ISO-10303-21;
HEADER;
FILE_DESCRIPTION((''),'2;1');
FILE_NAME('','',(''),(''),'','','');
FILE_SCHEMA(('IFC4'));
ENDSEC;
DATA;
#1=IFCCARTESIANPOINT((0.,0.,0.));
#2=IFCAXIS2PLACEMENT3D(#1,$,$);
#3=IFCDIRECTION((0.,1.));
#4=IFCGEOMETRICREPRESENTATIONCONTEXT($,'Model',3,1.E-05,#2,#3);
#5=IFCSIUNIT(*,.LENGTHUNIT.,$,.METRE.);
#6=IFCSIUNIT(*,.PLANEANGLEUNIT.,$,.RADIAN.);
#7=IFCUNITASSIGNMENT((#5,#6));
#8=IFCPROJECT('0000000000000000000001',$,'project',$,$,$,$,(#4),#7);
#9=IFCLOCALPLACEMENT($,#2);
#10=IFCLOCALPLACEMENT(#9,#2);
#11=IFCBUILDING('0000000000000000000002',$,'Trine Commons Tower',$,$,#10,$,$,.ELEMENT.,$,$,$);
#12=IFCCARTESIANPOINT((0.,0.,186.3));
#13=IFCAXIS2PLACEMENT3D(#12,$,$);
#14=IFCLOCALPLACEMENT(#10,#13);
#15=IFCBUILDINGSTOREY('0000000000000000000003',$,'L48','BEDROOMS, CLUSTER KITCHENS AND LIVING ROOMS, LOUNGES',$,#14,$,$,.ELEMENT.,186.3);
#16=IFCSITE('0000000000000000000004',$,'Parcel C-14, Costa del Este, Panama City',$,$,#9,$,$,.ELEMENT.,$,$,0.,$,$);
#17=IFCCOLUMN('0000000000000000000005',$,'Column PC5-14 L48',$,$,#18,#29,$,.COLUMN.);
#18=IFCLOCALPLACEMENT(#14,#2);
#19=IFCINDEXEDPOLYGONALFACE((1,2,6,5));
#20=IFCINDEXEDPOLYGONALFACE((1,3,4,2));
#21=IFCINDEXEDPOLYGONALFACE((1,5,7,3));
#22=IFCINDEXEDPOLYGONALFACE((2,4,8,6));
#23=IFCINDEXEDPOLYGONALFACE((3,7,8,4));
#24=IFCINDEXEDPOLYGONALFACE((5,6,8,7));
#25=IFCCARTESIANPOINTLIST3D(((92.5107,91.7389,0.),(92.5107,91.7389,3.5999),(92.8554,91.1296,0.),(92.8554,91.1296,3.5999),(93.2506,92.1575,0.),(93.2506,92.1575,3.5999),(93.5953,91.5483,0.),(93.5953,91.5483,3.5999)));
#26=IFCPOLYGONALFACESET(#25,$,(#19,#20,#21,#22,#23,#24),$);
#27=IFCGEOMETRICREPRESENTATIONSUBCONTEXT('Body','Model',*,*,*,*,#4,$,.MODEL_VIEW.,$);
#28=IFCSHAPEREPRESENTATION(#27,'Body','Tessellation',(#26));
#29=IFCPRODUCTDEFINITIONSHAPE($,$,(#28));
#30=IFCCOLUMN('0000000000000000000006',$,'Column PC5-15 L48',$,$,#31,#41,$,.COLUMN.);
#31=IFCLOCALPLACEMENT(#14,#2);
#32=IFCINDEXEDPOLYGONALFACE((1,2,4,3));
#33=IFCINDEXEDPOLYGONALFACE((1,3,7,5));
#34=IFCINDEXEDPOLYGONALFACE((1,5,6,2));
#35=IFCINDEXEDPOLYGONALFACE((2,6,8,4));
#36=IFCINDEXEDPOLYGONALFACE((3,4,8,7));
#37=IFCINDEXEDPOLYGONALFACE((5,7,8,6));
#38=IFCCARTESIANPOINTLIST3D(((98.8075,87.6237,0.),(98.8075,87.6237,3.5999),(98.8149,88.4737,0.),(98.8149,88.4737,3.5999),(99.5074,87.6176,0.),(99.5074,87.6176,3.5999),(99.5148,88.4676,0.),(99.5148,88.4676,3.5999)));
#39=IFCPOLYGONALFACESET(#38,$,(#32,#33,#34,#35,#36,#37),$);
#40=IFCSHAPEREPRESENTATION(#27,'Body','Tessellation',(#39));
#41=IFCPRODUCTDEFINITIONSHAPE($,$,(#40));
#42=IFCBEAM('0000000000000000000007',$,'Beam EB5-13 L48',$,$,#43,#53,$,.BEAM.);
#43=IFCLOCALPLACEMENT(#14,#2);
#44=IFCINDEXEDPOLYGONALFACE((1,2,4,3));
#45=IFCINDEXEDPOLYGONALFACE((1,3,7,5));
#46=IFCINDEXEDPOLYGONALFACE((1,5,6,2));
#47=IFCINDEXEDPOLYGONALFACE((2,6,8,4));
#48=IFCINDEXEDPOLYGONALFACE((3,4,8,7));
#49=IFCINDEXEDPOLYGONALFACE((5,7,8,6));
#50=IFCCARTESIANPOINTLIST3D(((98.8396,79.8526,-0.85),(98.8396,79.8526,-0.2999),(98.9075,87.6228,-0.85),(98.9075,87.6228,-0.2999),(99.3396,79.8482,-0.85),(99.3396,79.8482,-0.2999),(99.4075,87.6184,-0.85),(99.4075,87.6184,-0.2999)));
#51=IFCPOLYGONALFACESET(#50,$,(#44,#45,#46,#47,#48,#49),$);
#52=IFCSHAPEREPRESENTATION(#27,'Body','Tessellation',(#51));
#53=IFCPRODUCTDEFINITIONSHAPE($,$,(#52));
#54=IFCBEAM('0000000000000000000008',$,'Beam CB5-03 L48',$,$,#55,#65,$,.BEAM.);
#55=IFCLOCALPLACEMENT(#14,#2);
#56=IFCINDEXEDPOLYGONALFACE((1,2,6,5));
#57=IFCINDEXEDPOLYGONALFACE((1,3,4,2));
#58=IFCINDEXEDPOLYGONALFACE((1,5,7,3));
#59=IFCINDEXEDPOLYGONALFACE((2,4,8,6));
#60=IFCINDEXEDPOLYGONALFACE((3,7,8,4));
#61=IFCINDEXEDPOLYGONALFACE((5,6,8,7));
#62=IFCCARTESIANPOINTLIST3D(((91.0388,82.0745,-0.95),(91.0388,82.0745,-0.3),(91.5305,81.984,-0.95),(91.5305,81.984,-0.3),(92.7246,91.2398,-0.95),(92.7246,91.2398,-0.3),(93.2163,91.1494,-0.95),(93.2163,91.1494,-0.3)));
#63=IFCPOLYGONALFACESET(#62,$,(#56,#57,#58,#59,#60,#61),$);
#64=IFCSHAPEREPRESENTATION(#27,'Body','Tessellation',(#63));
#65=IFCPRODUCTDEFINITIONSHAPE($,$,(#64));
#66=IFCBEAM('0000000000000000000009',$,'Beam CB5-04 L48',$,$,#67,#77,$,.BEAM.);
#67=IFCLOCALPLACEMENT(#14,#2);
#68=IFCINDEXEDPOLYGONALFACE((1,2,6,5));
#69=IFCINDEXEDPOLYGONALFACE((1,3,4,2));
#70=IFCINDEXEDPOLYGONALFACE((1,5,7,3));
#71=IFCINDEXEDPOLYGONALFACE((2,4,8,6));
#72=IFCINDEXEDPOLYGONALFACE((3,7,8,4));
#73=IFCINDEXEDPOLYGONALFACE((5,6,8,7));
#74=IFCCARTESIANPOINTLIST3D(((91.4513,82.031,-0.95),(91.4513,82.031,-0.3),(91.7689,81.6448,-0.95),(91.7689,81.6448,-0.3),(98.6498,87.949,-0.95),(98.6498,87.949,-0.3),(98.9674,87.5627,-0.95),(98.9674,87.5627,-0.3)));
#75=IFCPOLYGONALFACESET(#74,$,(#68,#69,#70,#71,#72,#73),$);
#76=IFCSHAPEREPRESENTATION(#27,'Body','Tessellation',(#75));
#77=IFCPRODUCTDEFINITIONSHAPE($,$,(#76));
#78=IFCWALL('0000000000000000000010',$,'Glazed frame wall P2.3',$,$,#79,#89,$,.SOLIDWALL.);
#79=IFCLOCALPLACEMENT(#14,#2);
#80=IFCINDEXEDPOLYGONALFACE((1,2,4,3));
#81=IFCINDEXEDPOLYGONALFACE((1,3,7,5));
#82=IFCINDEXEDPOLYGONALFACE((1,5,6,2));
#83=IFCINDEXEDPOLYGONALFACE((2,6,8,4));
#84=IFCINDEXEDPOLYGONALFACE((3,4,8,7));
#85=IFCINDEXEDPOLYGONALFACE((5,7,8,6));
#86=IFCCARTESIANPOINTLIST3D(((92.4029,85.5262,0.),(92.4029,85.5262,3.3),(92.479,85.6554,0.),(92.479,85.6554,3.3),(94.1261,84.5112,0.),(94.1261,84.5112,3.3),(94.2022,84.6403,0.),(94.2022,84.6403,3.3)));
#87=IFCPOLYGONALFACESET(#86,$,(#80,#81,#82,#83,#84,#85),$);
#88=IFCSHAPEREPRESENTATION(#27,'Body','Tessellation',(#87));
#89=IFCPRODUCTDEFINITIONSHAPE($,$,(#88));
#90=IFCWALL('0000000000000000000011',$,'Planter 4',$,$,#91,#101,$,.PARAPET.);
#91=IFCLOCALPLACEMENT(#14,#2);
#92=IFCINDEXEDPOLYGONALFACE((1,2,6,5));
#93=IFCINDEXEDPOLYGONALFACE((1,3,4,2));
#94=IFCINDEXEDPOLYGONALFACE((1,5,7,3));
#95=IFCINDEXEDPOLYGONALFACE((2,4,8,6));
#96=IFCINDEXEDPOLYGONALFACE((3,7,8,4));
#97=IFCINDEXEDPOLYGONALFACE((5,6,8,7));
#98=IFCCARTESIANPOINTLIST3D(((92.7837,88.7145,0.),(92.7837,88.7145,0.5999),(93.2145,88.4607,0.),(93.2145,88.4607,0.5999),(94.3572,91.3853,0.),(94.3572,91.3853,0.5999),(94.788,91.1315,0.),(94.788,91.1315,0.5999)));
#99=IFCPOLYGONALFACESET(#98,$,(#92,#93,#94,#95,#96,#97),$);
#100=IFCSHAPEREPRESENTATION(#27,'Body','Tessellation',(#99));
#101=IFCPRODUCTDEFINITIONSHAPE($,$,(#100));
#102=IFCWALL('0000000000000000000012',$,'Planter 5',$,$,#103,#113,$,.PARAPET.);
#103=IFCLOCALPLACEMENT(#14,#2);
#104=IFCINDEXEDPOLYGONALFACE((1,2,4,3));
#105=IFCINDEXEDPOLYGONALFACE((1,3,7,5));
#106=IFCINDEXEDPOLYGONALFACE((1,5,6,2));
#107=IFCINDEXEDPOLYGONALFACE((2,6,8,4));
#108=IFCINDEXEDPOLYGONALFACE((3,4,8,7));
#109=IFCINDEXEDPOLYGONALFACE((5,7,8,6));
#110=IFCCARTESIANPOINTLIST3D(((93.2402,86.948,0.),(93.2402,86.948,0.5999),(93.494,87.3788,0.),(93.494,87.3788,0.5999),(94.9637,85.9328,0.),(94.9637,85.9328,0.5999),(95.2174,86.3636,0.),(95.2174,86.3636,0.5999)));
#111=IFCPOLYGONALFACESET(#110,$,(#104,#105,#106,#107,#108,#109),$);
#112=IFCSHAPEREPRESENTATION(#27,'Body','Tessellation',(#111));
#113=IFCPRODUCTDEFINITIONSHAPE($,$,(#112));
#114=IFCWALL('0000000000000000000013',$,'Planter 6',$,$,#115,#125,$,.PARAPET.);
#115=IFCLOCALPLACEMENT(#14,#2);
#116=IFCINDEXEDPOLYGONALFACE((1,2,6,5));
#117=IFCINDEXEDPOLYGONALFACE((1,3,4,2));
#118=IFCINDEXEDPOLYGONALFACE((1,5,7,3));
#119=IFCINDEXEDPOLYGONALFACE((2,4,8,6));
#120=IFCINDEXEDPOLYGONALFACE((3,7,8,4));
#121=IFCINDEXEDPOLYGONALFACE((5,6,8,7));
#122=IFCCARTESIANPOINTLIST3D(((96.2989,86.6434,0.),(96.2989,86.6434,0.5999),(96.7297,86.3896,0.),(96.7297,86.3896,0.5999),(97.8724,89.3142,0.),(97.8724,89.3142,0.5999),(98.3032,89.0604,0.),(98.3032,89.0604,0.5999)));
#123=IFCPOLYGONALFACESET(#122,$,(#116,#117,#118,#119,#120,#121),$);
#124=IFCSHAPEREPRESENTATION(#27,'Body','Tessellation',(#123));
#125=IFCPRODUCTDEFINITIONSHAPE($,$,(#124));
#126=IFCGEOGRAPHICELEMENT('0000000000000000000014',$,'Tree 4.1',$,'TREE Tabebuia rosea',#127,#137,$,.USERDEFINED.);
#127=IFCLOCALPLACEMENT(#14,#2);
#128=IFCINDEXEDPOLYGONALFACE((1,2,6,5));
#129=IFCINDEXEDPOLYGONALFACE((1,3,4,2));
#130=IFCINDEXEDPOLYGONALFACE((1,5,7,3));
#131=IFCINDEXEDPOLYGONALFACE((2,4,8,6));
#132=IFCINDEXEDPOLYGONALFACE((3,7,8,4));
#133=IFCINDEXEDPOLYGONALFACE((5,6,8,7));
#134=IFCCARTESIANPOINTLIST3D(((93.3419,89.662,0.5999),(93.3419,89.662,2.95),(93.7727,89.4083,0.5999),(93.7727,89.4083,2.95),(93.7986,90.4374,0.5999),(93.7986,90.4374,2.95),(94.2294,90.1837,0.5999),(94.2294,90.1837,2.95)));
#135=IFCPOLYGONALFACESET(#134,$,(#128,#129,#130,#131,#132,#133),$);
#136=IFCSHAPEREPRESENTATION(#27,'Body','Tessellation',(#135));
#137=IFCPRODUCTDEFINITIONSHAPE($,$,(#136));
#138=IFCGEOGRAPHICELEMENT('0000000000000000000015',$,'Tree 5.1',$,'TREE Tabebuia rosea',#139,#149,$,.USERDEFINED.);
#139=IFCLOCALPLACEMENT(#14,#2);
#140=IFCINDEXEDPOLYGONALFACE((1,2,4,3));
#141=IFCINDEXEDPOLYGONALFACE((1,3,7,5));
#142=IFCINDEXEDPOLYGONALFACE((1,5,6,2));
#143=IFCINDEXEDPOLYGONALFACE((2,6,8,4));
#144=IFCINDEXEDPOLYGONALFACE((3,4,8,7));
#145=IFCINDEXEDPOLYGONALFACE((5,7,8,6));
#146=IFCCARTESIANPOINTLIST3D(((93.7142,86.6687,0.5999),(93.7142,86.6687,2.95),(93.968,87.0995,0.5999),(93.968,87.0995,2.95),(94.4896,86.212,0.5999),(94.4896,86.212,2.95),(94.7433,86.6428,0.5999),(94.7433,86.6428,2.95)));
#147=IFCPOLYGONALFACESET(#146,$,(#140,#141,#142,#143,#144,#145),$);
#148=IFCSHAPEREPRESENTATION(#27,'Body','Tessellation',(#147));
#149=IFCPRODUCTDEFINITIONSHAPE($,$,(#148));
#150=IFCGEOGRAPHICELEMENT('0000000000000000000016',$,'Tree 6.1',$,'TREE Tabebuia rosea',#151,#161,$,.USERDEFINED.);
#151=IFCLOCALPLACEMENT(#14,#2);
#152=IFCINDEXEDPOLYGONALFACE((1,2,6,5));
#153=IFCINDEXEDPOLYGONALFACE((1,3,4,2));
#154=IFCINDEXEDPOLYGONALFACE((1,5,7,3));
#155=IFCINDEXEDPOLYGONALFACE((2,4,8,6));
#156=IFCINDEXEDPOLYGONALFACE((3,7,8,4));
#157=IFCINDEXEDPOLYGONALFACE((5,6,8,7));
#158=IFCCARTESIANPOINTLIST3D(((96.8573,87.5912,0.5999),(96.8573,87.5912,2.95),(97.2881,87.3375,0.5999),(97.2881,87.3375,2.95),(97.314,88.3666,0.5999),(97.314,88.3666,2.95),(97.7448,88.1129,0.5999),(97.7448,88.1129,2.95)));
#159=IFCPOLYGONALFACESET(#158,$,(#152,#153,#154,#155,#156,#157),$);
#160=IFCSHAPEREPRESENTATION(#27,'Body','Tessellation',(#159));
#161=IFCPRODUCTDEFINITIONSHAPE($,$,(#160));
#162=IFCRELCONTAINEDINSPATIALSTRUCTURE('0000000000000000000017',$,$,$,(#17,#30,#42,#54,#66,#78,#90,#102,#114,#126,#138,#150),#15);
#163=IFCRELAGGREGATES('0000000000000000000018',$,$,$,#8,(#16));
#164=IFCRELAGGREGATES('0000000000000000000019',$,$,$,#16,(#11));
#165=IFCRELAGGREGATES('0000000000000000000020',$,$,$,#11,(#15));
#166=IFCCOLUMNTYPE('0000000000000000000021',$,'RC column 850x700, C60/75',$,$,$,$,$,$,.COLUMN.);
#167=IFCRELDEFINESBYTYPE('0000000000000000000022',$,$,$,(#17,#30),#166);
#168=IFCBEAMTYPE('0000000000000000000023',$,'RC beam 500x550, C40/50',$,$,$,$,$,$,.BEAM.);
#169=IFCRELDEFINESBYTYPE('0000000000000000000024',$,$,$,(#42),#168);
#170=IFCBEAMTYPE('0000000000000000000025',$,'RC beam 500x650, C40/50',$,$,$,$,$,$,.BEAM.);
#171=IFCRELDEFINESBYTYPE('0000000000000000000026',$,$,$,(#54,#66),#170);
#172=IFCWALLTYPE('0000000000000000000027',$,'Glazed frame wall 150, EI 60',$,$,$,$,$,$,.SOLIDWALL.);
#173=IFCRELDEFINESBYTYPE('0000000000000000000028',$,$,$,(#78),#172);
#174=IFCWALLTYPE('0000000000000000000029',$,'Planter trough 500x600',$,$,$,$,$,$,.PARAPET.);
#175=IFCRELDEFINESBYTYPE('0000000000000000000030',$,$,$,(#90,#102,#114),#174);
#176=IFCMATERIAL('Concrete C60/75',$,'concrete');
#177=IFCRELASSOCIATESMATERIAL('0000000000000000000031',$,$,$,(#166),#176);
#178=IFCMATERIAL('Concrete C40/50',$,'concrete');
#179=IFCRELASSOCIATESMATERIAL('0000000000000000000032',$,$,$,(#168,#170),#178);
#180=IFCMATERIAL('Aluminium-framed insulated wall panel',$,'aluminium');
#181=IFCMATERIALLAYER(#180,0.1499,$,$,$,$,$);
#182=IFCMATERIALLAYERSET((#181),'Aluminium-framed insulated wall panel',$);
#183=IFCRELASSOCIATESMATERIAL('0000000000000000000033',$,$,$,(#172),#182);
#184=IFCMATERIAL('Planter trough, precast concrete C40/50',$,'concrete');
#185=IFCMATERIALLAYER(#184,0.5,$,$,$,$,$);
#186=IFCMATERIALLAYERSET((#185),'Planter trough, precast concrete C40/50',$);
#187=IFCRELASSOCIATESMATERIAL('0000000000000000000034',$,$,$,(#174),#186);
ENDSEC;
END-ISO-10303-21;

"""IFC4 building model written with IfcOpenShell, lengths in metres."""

from ifc_helpers import new_model, si_unit, direction, frame, frame_2d, origin, origin_2d, place, context, subcontext, project, spatial, polyline, rectangle, outline, extrude, material, layer, layer_set, material_profile, profile_set, type_object, element, save


model = new_model("IFC4")

# Units and contexts
model_context = context("Model", 3, precision=1e-05, world=origin(), true_north=direction((0.0, 1.0)))
body_context = subcontext(model_context, "Body", "Model", "MODEL_VIEW")
ifc_project = project(units=[si_unit("LENGTHUNIT", "METRE"), si_unit("PLANEANGLEUNIT", "RADIAN")], contexts=[model_context])

# Site, building, storey
site_placement = place(None, origin())
site = spatial("IfcSite", under=ifc_project, at=site_placement, Name="Parcel C-14, Costa del Este, Panama City", CompositionType="ELEMENT", RefElevation=0.0)
building_placement = place(site_placement, origin())
building = spatial("IfcBuilding", under=site, at=building_placement, Name="Trine Commons Tower", CompositionType="ELEMENT")
storey_placement = place(building_placement, frame((0.0, 0.0, 186.3)))
storey = spatial("IfcBuildingStorey", under=building, at=storey_placement, Name="L48", Description="BEDROOMS, CLUSTER KITCHENS AND LIVING ROOMS, LOUNGES", CompositionType="ELEMENT", Elevation=186.3)

# Columns
ifc_material_1 = material(Name="Concrete C60/75", Category="concrete")
ifc_material_profile_1 = material_profile(ifc_material_1, rectangle(XDim=0.8501, YDim=0.7, at=origin_2d()), Name="RC 850x700")
ifc_profile_set_1 = profile_set([ifc_material_profile_1], Name="Concrete C60/75")
column_type = type_object("IfcColumnType", Name="RC column 850x700, C60/75", PredefinedType="COLUMN", material=ifc_profile_set_1)
for number, where, z_axis, x_axis, name in (
    (1, (93.053, 91.6436, 0.0), (0.0, 0.0, 1.0), (0.870356, 0.492424, 0.0), "Column PC5-14 L48"),
    (2, (99.1611, 88.0457, 0.0), (0.0, 0.0, 1.0), (0.008727, 0.999962, 0.0), "Column PC5-15 L48"),
):
    element("IfcColumn", number, at=place(storey_placement, frame(where, z_axis=z_axis, x_axis=x_axis)), inside=storey, type_object=column_type, Name=name, PredefinedType="COLUMN", context=body_context, shape_type="SweptSolid", body=[
        extrude(rectangle(XDim=0.8501, YDim=0.7, at=origin_2d()), origin(), (0.0, 0.0, 1.0), 3.5999),
    ])

# Beams
ifc_material_2 = material(Name="Concrete C40/50", Category="concrete")
ifc_material_profile_2 = material_profile(ifc_material_2, rectangle(XDim=0.5, YDim=0.55, at=origin_2d()), Name="RC 500x550")
ifc_profile_set_2 = profile_set([ifc_material_profile_2], Name="Concrete C40/50")
beam_type_1 = type_object("IfcBeamType", Name="RC beam 500x550, C40/50", PredefinedType="BEAM", material=ifc_profile_set_2)
beam_1_placement = place(storey_placement, frame((99.1575, 87.6206, -0.575), z_axis=(-0.008734, -0.999962, 0.0), x_axis=(0.999962, -0.008734, 0.0)))
element("IfcBeam", 3, at=beam_1_placement, inside=storey, type_object=beam_type_1, Name="Beam EB5-13 L48", PredefinedType="BEAM", context=body_context, shape_type="SweptSolid", body=[
    extrude(rectangle(XDim=0.5, YDim=0.55, at=origin_2d()), origin(), (0.0, 0.0, 1.0), 7.7705),
])
ifc_material_profile_3 = material_profile(ifc_material_2, rectangle(XDim=0.5, YDim=0.6499, at=origin_2d()), Name="RC 500x650")
ifc_profile_set_3 = profile_set([ifc_material_profile_3], Name="Concrete C40/50")
beam_type_2 = type_object("IfcBeamType", Name="RC beam 500x650, C40/50", PredefinedType="BEAM", material=ifc_profile_set_3)
beam_2_placement = place(storey_placement, frame((92.9705, 91.1946, -0.625), z_axis=(-0.180898, -0.983502, 0.0), x_axis=(0.983502, -0.180898, 0.0)))
element("IfcBeam", 4, at=beam_2_placement, inside=storey, type_object=beam_type_2, Name="Beam CB5-03 L48", PredefinedType="BEAM", context=body_context, shape_type="SweptSolid", body=[
    extrude(rectangle(XDim=0.5, YDim=0.6499, at=origin_2d()), origin(), (0.0, 0.0, 1.0), 9.3191),
])
beam_3_placement = place(storey_placement, frame((98.8086, 87.7559, -0.625), z_axis=(-0.772467, -0.635055, 0.0), x_axis=(0.635055, -0.772467, 0.0)))
element("IfcBeam", 5, at=beam_3_placement, inside=storey, type_object=beam_type_2, Name="Beam CB5-04 L48", PredefinedType="BEAM", context=body_context, shape_type="SweptSolid", body=[
    extrude(rectangle(XDim=0.5, YDim=0.6499, at=origin_2d()), origin(), (0.0, 0.0, 1.0), 9.3188),
])

# Walls
ifc_material_3 = material(Name="Aluminium-framed insulated wall panel", Category="aluminium")
ifc_layer_1 = layer(ifc_material_3, 0.1499)
ifc_layer_set_1 = layer_set([ifc_layer_1], Name="Aluminium-framed insulated wall panel")
wall_type_1 = type_object("IfcWallType", Name="Glazed frame wall 150, EI 60", PredefinedType="SOLIDWALL", material=ifc_layer_set_1)
wall_1_placement = place(storey_placement, frame((92.4409, 85.5908, 0.0), z_axis=(0.0, 0.0, 1.0), x_axis=(0.861633, -0.507532, 0.0)))
element("IfcWall", 6, at=wall_1_placement, inside=storey, type_object=wall_type_1, Name="Glazed frame wall P2.3", PredefinedType="SOLIDWALL", context=body_context, shape_type="SweptSolid", body=[
    extrude(outline(polyline([(0.0, -0.075), (2.0, -0.075), (2.0, 0.075), (0.0, 0.075), (0.0, -0.075)])), origin(), (0.0, 0.0, 1.0), 3.3),
])
ifc_material_4 = material(Name="Planter trough, precast concrete C40/50", Category="concrete")
ifc_layer_2 = layer(ifc_material_4, 0.5)
ifc_layer_set_2 = layer_set([ifc_layer_2], Name="Planter trough, precast concrete C40/50")
wall_type_2 = type_object("IfcWallType", Name="Planter trough 500x600", PredefinedType="PARAPET", material=ifc_layer_set_2)
wall_2_placement = place(storey_placement, frame((94.5725, 91.2583, 0.0), z_axis=(0.0, 0.0, 1.0), x_axis=(-0.507588, -0.8616, 0.0)))
element("IfcWall", 7, at=wall_2_placement, inside=storey, type_object=wall_type_2, Name="Planter 4", PredefinedType="PARAPET", context=body_context, shape_type="SweptSolid", body=[
    extrude(rectangle(XDim=3.0999, YDim=0.5, at=frame_2d((1.5498, 0.0))), origin(), (0.0, 0.0, 1.0), 0.5999),
])
wall_3_placement = place(storey_placement, frame((93.3672, 87.1633, 0.0), z_axis=(0.0, 0.0, 1.0), x_axis=(0.861633, -0.507532, 0.0)))
element("IfcWall", 8, at=wall_3_placement, inside=storey, type_object=wall_type_2, Name="Planter 5", PredefinedType="PARAPET", context=body_context, shape_type="SweptSolid", body=[
    extrude(rectangle(XDim=2.0002, YDim=0.5, at=frame_2d((1.0, 0.0))), origin(), (0.0, 0.0, 1.0), 0.5999),
])
wall_4_placement = place(storey_placement, frame((96.5144, 86.5166, 0.0), z_axis=(0.0, 0.0, 1.0), x_axis=(0.507588, 0.8616, 0.0)))
element("IfcWall", 9, at=wall_4_placement, inside=storey, type_object=wall_type_2, Name="Planter 6", PredefinedType="PARAPET", context=body_context, shape_type="SweptSolid", body=[
    extrude(rectangle(XDim=3.0999, YDim=0.5, at=frame_2d((1.5498, 0.0))), origin(), (0.0, 0.0, 1.0), 0.5999),
])

# Geographic elements
for number, where, z_axis, x_axis, name in (
    (10, (93.7856, 89.9229, 0.5999), (0.0, 0.0, 1.0), (-0.50754, -0.861628, 0.0), "Tree 4.1"),
    (11, (94.2288, 86.6558, 0.5999), (0.0, 0.0, 1.0), (0.861628, -0.50754, 0.0), "Tree 5.1"),
    (12, (97.301, 87.8521, 0.5999), (0.0, 0.0, 1.0), (0.50754, 0.861628, 0.0), "Tree 6.1"),
):
    element("IfcGeographicElement", number, at=place(storey_placement, frame(where, z_axis=z_axis, x_axis=x_axis)), inside=storey, Name=name, ObjectType="TREE Tabebuia rosea", PredefinedType="USERDEFINED", context=body_context, shape_type="SweptSolid", body=[
        extrude(rectangle(XDim=0.8999, YDim=0.5, at=origin_2d()), origin(), (0.0, 0.0, 1.0), 2.3501),
    ])

save(model, "model.ifc")
